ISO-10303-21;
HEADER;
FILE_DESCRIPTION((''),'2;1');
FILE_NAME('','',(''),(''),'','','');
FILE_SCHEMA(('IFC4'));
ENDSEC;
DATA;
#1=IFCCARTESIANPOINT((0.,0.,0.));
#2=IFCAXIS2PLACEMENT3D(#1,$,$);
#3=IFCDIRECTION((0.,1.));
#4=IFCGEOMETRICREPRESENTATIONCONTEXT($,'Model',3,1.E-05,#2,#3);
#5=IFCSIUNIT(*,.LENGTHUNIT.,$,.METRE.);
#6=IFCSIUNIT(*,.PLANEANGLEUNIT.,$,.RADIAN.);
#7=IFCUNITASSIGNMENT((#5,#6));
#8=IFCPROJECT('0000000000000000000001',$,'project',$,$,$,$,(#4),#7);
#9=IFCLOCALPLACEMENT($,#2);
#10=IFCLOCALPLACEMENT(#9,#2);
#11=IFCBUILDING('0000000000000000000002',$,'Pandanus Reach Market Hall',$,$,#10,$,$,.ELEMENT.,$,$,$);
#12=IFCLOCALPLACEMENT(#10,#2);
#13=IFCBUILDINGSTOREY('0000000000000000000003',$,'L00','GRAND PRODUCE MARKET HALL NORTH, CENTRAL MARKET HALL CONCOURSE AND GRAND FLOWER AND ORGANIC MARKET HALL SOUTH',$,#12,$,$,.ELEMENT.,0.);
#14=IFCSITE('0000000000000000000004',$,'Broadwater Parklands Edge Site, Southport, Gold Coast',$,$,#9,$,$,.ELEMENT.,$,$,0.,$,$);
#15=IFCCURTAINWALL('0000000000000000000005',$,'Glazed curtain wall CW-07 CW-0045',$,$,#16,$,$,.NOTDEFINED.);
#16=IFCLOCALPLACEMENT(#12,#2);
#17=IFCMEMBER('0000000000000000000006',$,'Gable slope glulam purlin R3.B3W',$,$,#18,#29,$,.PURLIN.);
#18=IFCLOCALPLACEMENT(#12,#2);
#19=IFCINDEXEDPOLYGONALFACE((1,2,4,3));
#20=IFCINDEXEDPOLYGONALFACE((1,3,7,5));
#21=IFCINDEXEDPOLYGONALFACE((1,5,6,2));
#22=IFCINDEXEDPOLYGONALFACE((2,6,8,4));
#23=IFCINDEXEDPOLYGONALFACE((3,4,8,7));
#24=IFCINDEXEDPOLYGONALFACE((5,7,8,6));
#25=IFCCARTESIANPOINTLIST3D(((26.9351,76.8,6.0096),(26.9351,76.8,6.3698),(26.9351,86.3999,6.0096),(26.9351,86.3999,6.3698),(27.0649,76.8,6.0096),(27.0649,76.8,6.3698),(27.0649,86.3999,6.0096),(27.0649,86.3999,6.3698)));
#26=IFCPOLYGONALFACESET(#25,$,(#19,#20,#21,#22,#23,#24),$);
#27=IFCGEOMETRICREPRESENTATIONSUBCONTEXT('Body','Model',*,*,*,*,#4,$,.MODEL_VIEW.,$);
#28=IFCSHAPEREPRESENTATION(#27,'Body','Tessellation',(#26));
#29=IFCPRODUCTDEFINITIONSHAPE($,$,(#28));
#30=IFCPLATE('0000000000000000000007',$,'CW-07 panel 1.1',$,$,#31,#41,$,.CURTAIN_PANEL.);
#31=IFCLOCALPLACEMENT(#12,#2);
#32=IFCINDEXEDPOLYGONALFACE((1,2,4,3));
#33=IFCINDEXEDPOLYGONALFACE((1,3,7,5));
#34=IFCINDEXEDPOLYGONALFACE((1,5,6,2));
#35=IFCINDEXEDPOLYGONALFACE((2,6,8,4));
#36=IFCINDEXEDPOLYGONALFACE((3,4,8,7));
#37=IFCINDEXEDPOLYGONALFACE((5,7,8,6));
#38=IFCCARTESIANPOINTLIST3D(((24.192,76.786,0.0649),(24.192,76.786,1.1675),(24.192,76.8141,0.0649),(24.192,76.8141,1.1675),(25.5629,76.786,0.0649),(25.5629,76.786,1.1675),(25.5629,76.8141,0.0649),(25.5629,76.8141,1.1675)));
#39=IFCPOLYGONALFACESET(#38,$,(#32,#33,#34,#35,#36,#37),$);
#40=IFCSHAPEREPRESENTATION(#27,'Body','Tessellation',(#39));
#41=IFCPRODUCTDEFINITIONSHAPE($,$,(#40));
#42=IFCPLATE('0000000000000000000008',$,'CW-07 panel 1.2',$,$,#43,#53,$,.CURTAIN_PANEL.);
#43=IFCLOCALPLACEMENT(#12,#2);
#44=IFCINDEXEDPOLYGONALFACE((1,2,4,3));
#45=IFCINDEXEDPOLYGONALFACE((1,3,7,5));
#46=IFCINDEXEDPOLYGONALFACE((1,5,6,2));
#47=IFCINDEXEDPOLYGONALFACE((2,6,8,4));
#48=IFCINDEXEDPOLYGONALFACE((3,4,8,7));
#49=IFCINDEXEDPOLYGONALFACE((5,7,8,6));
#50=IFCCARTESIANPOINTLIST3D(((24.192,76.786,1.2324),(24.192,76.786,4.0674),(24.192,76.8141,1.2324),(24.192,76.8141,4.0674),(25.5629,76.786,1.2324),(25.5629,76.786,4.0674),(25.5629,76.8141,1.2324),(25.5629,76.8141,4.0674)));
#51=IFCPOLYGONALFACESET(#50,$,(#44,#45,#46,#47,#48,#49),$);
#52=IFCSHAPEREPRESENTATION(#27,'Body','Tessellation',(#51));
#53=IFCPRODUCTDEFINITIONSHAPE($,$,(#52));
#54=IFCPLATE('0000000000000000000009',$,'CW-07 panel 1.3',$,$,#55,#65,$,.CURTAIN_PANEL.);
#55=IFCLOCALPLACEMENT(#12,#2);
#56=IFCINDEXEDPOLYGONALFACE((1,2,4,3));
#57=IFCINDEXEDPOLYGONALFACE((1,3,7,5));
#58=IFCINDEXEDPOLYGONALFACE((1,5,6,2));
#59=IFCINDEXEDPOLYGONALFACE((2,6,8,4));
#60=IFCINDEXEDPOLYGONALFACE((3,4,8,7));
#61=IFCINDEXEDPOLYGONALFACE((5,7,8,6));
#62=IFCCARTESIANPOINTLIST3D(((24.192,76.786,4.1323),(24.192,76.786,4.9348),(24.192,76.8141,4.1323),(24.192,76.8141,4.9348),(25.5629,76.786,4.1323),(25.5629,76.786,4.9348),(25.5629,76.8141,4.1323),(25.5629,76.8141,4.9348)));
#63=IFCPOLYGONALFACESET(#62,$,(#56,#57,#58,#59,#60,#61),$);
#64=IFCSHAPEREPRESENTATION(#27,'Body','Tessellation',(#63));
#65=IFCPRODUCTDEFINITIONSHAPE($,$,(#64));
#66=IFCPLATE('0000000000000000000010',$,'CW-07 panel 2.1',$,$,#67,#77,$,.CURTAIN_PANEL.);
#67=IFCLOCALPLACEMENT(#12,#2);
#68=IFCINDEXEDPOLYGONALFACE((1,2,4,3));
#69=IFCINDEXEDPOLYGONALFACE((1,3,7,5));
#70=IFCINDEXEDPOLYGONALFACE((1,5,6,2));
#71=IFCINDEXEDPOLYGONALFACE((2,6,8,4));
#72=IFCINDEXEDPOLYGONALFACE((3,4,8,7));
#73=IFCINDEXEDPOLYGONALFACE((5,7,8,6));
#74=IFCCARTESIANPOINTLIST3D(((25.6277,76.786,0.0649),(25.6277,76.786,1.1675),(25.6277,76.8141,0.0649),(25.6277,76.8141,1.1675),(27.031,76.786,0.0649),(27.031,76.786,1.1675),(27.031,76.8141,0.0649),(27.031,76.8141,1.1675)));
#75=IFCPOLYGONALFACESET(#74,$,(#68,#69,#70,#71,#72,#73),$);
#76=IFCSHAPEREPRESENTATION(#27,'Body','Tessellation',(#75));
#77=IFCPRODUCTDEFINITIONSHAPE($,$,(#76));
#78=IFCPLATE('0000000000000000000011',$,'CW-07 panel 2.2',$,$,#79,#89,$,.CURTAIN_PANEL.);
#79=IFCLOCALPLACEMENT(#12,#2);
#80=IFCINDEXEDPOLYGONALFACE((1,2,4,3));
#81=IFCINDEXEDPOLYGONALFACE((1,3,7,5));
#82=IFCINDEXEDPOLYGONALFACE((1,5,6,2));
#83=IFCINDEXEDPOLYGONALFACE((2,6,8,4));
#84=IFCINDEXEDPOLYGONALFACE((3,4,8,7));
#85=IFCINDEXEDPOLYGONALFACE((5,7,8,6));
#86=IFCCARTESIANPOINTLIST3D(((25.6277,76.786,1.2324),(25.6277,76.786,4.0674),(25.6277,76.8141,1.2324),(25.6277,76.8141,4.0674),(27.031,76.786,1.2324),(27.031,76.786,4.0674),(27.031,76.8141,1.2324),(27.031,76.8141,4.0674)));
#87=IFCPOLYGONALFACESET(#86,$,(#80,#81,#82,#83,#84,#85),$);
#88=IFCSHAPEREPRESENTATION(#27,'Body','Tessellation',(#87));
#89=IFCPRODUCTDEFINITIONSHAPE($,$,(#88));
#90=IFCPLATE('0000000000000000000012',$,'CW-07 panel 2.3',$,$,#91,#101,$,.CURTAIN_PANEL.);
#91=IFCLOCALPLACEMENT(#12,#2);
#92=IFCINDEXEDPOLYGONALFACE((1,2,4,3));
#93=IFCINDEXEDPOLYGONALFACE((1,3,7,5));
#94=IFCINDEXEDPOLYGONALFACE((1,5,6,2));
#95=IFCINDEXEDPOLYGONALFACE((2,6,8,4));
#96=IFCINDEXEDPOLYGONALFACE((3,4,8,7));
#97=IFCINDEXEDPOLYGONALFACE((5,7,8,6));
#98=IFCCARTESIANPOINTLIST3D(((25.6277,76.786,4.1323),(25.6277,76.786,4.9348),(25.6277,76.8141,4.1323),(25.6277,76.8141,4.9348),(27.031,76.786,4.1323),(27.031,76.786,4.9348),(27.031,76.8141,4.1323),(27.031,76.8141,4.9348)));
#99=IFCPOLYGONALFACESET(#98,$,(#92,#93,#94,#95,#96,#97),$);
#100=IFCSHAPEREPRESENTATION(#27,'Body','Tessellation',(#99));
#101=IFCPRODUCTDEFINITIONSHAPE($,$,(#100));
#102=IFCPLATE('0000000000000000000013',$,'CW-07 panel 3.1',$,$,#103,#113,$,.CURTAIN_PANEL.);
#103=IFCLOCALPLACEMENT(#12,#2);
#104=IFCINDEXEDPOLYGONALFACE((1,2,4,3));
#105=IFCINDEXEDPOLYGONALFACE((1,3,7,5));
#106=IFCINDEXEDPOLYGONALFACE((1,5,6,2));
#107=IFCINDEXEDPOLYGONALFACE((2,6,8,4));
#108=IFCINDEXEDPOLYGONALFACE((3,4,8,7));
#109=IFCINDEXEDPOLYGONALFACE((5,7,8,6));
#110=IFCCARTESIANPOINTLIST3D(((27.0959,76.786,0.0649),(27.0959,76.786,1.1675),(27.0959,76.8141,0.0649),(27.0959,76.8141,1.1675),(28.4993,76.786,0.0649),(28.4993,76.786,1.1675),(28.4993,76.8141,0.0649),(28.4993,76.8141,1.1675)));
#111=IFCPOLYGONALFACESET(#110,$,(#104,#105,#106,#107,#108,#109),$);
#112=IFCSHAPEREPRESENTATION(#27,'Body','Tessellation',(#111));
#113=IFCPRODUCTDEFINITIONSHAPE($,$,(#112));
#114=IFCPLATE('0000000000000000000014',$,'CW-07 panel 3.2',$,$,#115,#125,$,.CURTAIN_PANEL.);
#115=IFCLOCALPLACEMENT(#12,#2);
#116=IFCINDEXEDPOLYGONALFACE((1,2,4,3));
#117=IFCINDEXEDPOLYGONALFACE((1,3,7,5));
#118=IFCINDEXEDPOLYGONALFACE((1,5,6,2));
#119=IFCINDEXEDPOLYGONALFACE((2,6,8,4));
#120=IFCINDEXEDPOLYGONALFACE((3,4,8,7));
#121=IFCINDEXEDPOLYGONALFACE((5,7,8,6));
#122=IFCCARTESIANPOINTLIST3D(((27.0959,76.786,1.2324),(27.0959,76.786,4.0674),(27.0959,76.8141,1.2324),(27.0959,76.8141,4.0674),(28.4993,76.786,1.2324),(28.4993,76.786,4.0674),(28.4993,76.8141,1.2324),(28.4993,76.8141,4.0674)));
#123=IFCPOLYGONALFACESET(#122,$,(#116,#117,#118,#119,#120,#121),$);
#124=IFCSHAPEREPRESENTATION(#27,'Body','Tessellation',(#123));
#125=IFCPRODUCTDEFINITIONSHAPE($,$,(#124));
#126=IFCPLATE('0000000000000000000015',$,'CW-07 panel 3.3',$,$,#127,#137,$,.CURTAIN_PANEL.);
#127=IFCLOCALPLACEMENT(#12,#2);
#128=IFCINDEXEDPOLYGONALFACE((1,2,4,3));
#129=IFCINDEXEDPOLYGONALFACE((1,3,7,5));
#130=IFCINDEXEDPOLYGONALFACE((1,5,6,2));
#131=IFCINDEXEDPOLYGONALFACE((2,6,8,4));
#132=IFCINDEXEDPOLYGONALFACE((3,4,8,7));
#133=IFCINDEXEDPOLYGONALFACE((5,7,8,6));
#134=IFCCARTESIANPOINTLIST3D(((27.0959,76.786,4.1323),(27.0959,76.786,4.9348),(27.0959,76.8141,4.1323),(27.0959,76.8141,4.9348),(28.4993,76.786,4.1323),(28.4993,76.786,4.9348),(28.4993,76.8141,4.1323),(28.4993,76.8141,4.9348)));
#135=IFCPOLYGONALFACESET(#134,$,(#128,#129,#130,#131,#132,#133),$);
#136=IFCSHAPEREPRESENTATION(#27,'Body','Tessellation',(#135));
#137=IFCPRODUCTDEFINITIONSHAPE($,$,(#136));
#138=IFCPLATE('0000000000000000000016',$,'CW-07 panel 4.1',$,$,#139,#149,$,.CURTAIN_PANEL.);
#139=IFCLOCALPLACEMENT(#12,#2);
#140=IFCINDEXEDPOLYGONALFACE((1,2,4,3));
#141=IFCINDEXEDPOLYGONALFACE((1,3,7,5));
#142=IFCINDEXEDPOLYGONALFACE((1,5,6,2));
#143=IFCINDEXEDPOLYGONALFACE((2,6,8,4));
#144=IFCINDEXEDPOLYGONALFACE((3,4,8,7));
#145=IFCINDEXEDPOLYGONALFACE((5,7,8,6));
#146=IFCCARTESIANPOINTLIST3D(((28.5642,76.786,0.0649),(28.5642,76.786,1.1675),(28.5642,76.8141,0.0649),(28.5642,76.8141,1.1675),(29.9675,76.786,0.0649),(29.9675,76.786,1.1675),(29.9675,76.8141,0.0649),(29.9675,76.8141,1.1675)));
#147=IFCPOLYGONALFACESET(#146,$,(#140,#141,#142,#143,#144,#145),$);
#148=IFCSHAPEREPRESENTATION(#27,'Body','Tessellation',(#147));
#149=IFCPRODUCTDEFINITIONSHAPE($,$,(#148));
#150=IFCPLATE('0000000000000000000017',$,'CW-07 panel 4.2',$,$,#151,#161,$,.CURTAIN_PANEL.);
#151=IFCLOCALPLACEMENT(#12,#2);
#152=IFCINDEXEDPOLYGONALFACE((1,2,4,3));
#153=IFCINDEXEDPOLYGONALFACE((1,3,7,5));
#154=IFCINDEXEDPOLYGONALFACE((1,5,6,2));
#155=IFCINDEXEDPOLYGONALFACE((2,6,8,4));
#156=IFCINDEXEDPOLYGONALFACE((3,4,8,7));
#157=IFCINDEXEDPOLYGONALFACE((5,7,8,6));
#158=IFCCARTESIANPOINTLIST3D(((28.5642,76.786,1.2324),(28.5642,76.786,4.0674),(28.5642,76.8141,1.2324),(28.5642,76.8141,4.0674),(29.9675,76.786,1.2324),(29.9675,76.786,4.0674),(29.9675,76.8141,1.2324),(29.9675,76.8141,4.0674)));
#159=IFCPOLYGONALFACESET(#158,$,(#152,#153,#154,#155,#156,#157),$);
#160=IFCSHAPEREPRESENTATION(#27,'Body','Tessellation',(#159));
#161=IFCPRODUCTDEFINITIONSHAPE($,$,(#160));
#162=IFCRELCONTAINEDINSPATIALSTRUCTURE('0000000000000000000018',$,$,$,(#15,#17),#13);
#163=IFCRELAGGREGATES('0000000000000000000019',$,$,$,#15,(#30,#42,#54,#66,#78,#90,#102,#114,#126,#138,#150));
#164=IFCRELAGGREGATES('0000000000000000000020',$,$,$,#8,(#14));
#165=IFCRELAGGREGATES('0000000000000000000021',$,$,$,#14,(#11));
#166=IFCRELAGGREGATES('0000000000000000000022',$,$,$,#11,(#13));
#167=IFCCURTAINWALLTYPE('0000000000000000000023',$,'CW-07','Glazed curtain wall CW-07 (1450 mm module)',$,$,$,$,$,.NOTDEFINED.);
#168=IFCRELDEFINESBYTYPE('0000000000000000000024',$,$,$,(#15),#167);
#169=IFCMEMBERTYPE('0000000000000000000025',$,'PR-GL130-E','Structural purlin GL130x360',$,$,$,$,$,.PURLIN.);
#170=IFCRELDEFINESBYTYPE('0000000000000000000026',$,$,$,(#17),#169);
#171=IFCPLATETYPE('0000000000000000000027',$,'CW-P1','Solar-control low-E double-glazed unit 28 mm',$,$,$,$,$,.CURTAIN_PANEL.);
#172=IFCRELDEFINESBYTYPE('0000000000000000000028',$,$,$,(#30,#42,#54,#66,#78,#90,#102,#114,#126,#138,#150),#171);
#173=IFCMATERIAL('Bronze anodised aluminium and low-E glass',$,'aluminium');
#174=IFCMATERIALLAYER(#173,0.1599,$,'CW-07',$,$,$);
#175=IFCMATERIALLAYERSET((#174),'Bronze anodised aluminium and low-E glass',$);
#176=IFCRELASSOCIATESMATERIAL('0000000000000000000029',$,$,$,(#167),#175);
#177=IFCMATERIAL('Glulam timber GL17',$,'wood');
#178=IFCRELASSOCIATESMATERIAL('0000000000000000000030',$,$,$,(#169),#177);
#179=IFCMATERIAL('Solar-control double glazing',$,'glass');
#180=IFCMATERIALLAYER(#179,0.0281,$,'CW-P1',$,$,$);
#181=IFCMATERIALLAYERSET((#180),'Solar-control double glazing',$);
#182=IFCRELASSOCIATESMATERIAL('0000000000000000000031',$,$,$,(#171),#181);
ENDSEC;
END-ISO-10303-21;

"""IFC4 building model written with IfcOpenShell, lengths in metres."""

from ifc_helpers import new_model, si_unit, direction, frame, origin, origin_2d, place, context, subcontext, project, spatial, rectangle, extrude, material, layer, layer_set, material_profile, profile_set, type_object, element, aggregate, save


model = new_model("IFC4")

# Units and contexts
model_context = context("Model", 3, precision=1e-05, world=origin(), true_north=direction((0.0, 1.0)))
body_context = subcontext(model_context, "Body", "Model", "MODEL_VIEW")
ifc_project = project(units=[si_unit("LENGTHUNIT", "METRE"), si_unit("PLANEANGLEUNIT", "RADIAN")], contexts=[model_context])

# Site, building, storey
site_placement = place(None, origin())
site = spatial("IfcSite", under=ifc_project, at=site_placement, Name="Broadwater Parklands Edge Site, Southport, Gold Coast", CompositionType="ELEMENT", RefElevation=0.0)
building_placement = place(site_placement, origin())
building = spatial("IfcBuilding", under=site, at=building_placement, Name="Pandanus Reach Market Hall", CompositionType="ELEMENT")
storey_placement = place(building_placement, origin())
storey = spatial("IfcBuildingStorey", under=building, at=storey_placement, Name="L00", Description="GRAND PRODUCE MARKET HALL NORTH, CENTRAL MARKET HALL CONCOURSE AND GRAND FLOWER AND ORGANIC MARKET HALL SOUTH", CompositionType="ELEMENT", Elevation=0.0)

# Curtain wall
ifc_material_1 = material(Name="Bronze anodised aluminium and low-E glass", Category="aluminium")
ifc_layer_1 = layer(ifc_material_1, 0.1599, Name="CW-07")
ifc_layer_set_1 = layer_set([ifc_layer_1], Name="Bronze anodised aluminium and low-E glass")
curtain_wall_type = type_object("IfcCurtainWallType", Name="CW-07", Description="Glazed curtain wall CW-07 (1450 mm module)", PredefinedType="NOTDEFINED", material=ifc_layer_set_1)
curtain_wall_placement = place(storey_placement, origin())
curtain_wall = element("IfcCurtainWall", 1, at=curtain_wall_placement, inside=storey, type_object=curtain_wall_type, Name="Glazed curtain wall CW-07 CW-0045", PredefinedType="NOTDEFINED")

# Member
ifc_material_2 = material(Name="Glulam timber GL17", Category="wood")
ifc_material_profile_1 = material_profile(ifc_material_2, rectangle(XDim=0.1299, YDim=0.3601, at=origin_2d()), Name="GL130x360", Category="LoadBearing")
ifc_profile_set_1 = profile_set([ifc_material_profile_1], Name="Glulam timber GL17")
member_type_1 = type_object("IfcMemberType", Name="PR-GL130-E", Description="Structural purlin GL130x360", PredefinedType="PURLIN", material=ifc_profile_set_1)
member_1_placement = place(storey_placement, frame((27.0, 76.8, 6.1897), z_axis=(0.0, 1.0, 0.0), x_axis=(-1.0, 0.0, 0.0)))
element("IfcMember", 2, at=member_1_placement, inside=storey, type_object=member_type_1, Name="Gable slope glulam purlin R3.B3W", PredefinedType="PURLIN", context=body_context, shape_type="SweptSolid", body=[
    extrude(rectangle(XDim=0.1299, YDim=0.3601, at=origin_2d()), origin(), (0.0, 0.0, 1.0), 9.5999),
])

# Plates
ifc_material_3 = material(Name="Solar-control double glazing", Category="glass")
ifc_layer_2 = layer(ifc_material_3, 0.0281, Name="CW-P1")
ifc_layer_set_2 = layer_set([ifc_layer_2], Name="Solar-control double glazing")
plate_type = type_object("IfcPlateType", Name="CW-P1", Description="Solar-control low-E double-glazed unit 28 mm", PredefinedType="CURTAIN_PANEL", material=ifc_layer_set_2)
plate_1_placement = place(storey_placement, frame((24.8774, 76.8, 0.0649), z_axis=(0.0, 0.0, 1.0), x_axis=(1.0, 0.0, 0.0)))
plate_1 = element("IfcPlate", 3, at=plate_1_placement, type_object=plate_type, Name="CW-07 panel 1.1", PredefinedType="CURTAIN_PANEL", context=body_context, shape_type="SweptSolid", body=[
    extrude(rectangle(XDim=1.3708, YDim=0.0281, at=origin_2d()), origin(), (0.0, 0.0, 1.0), 1.1025),
])
plate_2_placement = place(storey_placement, frame((24.8774, 76.8, 1.2324), z_axis=(0.0, 0.0, 1.0), x_axis=(1.0, 0.0, 0.0)))
plate_2 = element("IfcPlate", 4, at=plate_2_placement, type_object=plate_type, Name="CW-07 panel 1.2", PredefinedType="CURTAIN_PANEL", context=body_context, shape_type="SweptSolid", body=[
    extrude(rectangle(XDim=1.3708, YDim=0.0281, at=origin_2d()), origin(), (0.0, 0.0, 1.0), 2.835),
])
plate_3_placement = place(storey_placement, frame((24.8774, 76.8, 4.1323), z_axis=(0.0, 0.0, 1.0), x_axis=(1.0, 0.0, 0.0)))
plate_3 = element("IfcPlate", 5, at=plate_3_placement, type_object=plate_type, Name="CW-07 panel 1.3", PredefinedType="CURTAIN_PANEL", context=body_context, shape_type="SweptSolid", body=[
    extrude(rectangle(XDim=1.3708, YDim=0.0281, at=origin_2d()), origin(), (0.0, 0.0, 1.0), 0.8025),
])
plate_4_placement = place(storey_placement, frame((26.3293, 76.8, 0.0649), z_axis=(0.0, 0.0, 1.0), x_axis=(1.0, 0.0, 0.0)))
plate_4 = element("IfcPlate", 6, at=plate_4_placement, type_object=plate_type, Name="CW-07 panel 2.1", PredefinedType="CURTAIN_PANEL", context=body_context, shape_type="SweptSolid", body=[
    extrude(rectangle(XDim=1.4033, YDim=0.0281, at=origin_2d()), origin(), (0.0, 0.0, 1.0), 1.1025),
])
plate_5_placement = place(storey_placement, frame((26.3293, 76.8, 1.2324), z_axis=(0.0, 0.0, 1.0), x_axis=(1.0, 0.0, 0.0)))
plate_5 = element("IfcPlate", 7, at=plate_5_placement, type_object=plate_type, Name="CW-07 panel 2.2", PredefinedType="CURTAIN_PANEL", context=body_context, shape_type="SweptSolid", body=[
    extrude(rectangle(XDim=1.4033, YDim=0.0281, at=origin_2d()), origin(), (0.0, 0.0, 1.0), 2.835),
])
plate_6_placement = place(storey_placement, frame((26.3293, 76.8, 4.1323), z_axis=(0.0, 0.0, 1.0), x_axis=(1.0, 0.0, 0.0)))
plate_6 = element("IfcPlate", 8, at=plate_6_placement, type_object=plate_type, Name="CW-07 panel 2.3", PredefinedType="CURTAIN_PANEL", context=body_context, shape_type="SweptSolid", body=[
    extrude(rectangle(XDim=1.4033, YDim=0.0281, at=origin_2d()), origin(), (0.0, 0.0, 1.0), 0.8025),
])
plate_7_placement = place(storey_placement, frame((27.7976, 76.8, 0.0649), z_axis=(0.0, 0.0, 1.0), x_axis=(1.0, 0.0, 0.0)))
plate_7 = element("IfcPlate", 9, at=plate_7_placement, type_object=plate_type, Name="CW-07 panel 3.1", PredefinedType="CURTAIN_PANEL", context=body_context, shape_type="SweptSolid", body=[
    extrude(rectangle(XDim=1.4033, YDim=0.0281, at=origin_2d()), origin(), (0.0, 0.0, 1.0), 1.1025),
])
plate_8_placement = place(storey_placement, frame((27.7976, 76.8, 1.2324), z_axis=(0.0, 0.0, 1.0), x_axis=(1.0, 0.0, 0.0)))
plate_8 = element("IfcPlate", 10, at=plate_8_placement, type_object=plate_type, Name="CW-07 panel 3.2", PredefinedType="CURTAIN_PANEL", context=body_context, shape_type="SweptSolid", body=[
    extrude(rectangle(XDim=1.4033, YDim=0.0281, at=origin_2d()), origin(), (0.0, 0.0, 1.0), 2.835),
])
plate_9_placement = place(storey_placement, frame((27.7976, 76.8, 4.1323), z_axis=(0.0, 0.0, 1.0), x_axis=(1.0, 0.0, 0.0)))
plate_9 = element("IfcPlate", 11, at=plate_9_placement, type_object=plate_type, Name="CW-07 panel 3.3", PredefinedType="CURTAIN_PANEL", context=body_context, shape_type="SweptSolid", body=[
    extrude(rectangle(XDim=1.4033, YDim=0.0281, at=origin_2d()), origin(), (0.0, 0.0, 1.0), 0.8025),
])
plate_10_placement = place(storey_placement, frame((29.2659, 76.8, 0.0649), z_axis=(0.0, 0.0, 1.0), x_axis=(1.0, 0.0, 0.0)))
plate_10 = element("IfcPlate", 12, at=plate_10_placement, type_object=plate_type, Name="CW-07 panel 4.1", PredefinedType="CURTAIN_PANEL", context=body_context, shape_type="SweptSolid", body=[
    extrude(rectangle(XDim=1.4033, YDim=0.0281, at=origin_2d()), origin(), (0.0, 0.0, 1.0), 1.1025),
])
plate_11_placement = place(storey_placement, frame((29.2659, 76.8, 1.2324), z_axis=(0.0, 0.0, 1.0), x_axis=(1.0, 0.0, 0.0)))
plate_11 = element("IfcPlate", 13, at=plate_11_placement, type_object=plate_type, Name="CW-07 panel 4.2", PredefinedType="CURTAIN_PANEL", context=body_context, shape_type="SweptSolid", body=[
    extrude(rectangle(XDim=1.4033, YDim=0.0281, at=origin_2d()), origin(), (0.0, 0.0, 1.0), 2.835),
])
aggregate(curtain_wall, [plate_1, plate_2, plate_3, plate_4, plate_5, plate_6, plate_7, plate_8, plate_9, plate_10, plate_11])

save(model, "model.ifc")
